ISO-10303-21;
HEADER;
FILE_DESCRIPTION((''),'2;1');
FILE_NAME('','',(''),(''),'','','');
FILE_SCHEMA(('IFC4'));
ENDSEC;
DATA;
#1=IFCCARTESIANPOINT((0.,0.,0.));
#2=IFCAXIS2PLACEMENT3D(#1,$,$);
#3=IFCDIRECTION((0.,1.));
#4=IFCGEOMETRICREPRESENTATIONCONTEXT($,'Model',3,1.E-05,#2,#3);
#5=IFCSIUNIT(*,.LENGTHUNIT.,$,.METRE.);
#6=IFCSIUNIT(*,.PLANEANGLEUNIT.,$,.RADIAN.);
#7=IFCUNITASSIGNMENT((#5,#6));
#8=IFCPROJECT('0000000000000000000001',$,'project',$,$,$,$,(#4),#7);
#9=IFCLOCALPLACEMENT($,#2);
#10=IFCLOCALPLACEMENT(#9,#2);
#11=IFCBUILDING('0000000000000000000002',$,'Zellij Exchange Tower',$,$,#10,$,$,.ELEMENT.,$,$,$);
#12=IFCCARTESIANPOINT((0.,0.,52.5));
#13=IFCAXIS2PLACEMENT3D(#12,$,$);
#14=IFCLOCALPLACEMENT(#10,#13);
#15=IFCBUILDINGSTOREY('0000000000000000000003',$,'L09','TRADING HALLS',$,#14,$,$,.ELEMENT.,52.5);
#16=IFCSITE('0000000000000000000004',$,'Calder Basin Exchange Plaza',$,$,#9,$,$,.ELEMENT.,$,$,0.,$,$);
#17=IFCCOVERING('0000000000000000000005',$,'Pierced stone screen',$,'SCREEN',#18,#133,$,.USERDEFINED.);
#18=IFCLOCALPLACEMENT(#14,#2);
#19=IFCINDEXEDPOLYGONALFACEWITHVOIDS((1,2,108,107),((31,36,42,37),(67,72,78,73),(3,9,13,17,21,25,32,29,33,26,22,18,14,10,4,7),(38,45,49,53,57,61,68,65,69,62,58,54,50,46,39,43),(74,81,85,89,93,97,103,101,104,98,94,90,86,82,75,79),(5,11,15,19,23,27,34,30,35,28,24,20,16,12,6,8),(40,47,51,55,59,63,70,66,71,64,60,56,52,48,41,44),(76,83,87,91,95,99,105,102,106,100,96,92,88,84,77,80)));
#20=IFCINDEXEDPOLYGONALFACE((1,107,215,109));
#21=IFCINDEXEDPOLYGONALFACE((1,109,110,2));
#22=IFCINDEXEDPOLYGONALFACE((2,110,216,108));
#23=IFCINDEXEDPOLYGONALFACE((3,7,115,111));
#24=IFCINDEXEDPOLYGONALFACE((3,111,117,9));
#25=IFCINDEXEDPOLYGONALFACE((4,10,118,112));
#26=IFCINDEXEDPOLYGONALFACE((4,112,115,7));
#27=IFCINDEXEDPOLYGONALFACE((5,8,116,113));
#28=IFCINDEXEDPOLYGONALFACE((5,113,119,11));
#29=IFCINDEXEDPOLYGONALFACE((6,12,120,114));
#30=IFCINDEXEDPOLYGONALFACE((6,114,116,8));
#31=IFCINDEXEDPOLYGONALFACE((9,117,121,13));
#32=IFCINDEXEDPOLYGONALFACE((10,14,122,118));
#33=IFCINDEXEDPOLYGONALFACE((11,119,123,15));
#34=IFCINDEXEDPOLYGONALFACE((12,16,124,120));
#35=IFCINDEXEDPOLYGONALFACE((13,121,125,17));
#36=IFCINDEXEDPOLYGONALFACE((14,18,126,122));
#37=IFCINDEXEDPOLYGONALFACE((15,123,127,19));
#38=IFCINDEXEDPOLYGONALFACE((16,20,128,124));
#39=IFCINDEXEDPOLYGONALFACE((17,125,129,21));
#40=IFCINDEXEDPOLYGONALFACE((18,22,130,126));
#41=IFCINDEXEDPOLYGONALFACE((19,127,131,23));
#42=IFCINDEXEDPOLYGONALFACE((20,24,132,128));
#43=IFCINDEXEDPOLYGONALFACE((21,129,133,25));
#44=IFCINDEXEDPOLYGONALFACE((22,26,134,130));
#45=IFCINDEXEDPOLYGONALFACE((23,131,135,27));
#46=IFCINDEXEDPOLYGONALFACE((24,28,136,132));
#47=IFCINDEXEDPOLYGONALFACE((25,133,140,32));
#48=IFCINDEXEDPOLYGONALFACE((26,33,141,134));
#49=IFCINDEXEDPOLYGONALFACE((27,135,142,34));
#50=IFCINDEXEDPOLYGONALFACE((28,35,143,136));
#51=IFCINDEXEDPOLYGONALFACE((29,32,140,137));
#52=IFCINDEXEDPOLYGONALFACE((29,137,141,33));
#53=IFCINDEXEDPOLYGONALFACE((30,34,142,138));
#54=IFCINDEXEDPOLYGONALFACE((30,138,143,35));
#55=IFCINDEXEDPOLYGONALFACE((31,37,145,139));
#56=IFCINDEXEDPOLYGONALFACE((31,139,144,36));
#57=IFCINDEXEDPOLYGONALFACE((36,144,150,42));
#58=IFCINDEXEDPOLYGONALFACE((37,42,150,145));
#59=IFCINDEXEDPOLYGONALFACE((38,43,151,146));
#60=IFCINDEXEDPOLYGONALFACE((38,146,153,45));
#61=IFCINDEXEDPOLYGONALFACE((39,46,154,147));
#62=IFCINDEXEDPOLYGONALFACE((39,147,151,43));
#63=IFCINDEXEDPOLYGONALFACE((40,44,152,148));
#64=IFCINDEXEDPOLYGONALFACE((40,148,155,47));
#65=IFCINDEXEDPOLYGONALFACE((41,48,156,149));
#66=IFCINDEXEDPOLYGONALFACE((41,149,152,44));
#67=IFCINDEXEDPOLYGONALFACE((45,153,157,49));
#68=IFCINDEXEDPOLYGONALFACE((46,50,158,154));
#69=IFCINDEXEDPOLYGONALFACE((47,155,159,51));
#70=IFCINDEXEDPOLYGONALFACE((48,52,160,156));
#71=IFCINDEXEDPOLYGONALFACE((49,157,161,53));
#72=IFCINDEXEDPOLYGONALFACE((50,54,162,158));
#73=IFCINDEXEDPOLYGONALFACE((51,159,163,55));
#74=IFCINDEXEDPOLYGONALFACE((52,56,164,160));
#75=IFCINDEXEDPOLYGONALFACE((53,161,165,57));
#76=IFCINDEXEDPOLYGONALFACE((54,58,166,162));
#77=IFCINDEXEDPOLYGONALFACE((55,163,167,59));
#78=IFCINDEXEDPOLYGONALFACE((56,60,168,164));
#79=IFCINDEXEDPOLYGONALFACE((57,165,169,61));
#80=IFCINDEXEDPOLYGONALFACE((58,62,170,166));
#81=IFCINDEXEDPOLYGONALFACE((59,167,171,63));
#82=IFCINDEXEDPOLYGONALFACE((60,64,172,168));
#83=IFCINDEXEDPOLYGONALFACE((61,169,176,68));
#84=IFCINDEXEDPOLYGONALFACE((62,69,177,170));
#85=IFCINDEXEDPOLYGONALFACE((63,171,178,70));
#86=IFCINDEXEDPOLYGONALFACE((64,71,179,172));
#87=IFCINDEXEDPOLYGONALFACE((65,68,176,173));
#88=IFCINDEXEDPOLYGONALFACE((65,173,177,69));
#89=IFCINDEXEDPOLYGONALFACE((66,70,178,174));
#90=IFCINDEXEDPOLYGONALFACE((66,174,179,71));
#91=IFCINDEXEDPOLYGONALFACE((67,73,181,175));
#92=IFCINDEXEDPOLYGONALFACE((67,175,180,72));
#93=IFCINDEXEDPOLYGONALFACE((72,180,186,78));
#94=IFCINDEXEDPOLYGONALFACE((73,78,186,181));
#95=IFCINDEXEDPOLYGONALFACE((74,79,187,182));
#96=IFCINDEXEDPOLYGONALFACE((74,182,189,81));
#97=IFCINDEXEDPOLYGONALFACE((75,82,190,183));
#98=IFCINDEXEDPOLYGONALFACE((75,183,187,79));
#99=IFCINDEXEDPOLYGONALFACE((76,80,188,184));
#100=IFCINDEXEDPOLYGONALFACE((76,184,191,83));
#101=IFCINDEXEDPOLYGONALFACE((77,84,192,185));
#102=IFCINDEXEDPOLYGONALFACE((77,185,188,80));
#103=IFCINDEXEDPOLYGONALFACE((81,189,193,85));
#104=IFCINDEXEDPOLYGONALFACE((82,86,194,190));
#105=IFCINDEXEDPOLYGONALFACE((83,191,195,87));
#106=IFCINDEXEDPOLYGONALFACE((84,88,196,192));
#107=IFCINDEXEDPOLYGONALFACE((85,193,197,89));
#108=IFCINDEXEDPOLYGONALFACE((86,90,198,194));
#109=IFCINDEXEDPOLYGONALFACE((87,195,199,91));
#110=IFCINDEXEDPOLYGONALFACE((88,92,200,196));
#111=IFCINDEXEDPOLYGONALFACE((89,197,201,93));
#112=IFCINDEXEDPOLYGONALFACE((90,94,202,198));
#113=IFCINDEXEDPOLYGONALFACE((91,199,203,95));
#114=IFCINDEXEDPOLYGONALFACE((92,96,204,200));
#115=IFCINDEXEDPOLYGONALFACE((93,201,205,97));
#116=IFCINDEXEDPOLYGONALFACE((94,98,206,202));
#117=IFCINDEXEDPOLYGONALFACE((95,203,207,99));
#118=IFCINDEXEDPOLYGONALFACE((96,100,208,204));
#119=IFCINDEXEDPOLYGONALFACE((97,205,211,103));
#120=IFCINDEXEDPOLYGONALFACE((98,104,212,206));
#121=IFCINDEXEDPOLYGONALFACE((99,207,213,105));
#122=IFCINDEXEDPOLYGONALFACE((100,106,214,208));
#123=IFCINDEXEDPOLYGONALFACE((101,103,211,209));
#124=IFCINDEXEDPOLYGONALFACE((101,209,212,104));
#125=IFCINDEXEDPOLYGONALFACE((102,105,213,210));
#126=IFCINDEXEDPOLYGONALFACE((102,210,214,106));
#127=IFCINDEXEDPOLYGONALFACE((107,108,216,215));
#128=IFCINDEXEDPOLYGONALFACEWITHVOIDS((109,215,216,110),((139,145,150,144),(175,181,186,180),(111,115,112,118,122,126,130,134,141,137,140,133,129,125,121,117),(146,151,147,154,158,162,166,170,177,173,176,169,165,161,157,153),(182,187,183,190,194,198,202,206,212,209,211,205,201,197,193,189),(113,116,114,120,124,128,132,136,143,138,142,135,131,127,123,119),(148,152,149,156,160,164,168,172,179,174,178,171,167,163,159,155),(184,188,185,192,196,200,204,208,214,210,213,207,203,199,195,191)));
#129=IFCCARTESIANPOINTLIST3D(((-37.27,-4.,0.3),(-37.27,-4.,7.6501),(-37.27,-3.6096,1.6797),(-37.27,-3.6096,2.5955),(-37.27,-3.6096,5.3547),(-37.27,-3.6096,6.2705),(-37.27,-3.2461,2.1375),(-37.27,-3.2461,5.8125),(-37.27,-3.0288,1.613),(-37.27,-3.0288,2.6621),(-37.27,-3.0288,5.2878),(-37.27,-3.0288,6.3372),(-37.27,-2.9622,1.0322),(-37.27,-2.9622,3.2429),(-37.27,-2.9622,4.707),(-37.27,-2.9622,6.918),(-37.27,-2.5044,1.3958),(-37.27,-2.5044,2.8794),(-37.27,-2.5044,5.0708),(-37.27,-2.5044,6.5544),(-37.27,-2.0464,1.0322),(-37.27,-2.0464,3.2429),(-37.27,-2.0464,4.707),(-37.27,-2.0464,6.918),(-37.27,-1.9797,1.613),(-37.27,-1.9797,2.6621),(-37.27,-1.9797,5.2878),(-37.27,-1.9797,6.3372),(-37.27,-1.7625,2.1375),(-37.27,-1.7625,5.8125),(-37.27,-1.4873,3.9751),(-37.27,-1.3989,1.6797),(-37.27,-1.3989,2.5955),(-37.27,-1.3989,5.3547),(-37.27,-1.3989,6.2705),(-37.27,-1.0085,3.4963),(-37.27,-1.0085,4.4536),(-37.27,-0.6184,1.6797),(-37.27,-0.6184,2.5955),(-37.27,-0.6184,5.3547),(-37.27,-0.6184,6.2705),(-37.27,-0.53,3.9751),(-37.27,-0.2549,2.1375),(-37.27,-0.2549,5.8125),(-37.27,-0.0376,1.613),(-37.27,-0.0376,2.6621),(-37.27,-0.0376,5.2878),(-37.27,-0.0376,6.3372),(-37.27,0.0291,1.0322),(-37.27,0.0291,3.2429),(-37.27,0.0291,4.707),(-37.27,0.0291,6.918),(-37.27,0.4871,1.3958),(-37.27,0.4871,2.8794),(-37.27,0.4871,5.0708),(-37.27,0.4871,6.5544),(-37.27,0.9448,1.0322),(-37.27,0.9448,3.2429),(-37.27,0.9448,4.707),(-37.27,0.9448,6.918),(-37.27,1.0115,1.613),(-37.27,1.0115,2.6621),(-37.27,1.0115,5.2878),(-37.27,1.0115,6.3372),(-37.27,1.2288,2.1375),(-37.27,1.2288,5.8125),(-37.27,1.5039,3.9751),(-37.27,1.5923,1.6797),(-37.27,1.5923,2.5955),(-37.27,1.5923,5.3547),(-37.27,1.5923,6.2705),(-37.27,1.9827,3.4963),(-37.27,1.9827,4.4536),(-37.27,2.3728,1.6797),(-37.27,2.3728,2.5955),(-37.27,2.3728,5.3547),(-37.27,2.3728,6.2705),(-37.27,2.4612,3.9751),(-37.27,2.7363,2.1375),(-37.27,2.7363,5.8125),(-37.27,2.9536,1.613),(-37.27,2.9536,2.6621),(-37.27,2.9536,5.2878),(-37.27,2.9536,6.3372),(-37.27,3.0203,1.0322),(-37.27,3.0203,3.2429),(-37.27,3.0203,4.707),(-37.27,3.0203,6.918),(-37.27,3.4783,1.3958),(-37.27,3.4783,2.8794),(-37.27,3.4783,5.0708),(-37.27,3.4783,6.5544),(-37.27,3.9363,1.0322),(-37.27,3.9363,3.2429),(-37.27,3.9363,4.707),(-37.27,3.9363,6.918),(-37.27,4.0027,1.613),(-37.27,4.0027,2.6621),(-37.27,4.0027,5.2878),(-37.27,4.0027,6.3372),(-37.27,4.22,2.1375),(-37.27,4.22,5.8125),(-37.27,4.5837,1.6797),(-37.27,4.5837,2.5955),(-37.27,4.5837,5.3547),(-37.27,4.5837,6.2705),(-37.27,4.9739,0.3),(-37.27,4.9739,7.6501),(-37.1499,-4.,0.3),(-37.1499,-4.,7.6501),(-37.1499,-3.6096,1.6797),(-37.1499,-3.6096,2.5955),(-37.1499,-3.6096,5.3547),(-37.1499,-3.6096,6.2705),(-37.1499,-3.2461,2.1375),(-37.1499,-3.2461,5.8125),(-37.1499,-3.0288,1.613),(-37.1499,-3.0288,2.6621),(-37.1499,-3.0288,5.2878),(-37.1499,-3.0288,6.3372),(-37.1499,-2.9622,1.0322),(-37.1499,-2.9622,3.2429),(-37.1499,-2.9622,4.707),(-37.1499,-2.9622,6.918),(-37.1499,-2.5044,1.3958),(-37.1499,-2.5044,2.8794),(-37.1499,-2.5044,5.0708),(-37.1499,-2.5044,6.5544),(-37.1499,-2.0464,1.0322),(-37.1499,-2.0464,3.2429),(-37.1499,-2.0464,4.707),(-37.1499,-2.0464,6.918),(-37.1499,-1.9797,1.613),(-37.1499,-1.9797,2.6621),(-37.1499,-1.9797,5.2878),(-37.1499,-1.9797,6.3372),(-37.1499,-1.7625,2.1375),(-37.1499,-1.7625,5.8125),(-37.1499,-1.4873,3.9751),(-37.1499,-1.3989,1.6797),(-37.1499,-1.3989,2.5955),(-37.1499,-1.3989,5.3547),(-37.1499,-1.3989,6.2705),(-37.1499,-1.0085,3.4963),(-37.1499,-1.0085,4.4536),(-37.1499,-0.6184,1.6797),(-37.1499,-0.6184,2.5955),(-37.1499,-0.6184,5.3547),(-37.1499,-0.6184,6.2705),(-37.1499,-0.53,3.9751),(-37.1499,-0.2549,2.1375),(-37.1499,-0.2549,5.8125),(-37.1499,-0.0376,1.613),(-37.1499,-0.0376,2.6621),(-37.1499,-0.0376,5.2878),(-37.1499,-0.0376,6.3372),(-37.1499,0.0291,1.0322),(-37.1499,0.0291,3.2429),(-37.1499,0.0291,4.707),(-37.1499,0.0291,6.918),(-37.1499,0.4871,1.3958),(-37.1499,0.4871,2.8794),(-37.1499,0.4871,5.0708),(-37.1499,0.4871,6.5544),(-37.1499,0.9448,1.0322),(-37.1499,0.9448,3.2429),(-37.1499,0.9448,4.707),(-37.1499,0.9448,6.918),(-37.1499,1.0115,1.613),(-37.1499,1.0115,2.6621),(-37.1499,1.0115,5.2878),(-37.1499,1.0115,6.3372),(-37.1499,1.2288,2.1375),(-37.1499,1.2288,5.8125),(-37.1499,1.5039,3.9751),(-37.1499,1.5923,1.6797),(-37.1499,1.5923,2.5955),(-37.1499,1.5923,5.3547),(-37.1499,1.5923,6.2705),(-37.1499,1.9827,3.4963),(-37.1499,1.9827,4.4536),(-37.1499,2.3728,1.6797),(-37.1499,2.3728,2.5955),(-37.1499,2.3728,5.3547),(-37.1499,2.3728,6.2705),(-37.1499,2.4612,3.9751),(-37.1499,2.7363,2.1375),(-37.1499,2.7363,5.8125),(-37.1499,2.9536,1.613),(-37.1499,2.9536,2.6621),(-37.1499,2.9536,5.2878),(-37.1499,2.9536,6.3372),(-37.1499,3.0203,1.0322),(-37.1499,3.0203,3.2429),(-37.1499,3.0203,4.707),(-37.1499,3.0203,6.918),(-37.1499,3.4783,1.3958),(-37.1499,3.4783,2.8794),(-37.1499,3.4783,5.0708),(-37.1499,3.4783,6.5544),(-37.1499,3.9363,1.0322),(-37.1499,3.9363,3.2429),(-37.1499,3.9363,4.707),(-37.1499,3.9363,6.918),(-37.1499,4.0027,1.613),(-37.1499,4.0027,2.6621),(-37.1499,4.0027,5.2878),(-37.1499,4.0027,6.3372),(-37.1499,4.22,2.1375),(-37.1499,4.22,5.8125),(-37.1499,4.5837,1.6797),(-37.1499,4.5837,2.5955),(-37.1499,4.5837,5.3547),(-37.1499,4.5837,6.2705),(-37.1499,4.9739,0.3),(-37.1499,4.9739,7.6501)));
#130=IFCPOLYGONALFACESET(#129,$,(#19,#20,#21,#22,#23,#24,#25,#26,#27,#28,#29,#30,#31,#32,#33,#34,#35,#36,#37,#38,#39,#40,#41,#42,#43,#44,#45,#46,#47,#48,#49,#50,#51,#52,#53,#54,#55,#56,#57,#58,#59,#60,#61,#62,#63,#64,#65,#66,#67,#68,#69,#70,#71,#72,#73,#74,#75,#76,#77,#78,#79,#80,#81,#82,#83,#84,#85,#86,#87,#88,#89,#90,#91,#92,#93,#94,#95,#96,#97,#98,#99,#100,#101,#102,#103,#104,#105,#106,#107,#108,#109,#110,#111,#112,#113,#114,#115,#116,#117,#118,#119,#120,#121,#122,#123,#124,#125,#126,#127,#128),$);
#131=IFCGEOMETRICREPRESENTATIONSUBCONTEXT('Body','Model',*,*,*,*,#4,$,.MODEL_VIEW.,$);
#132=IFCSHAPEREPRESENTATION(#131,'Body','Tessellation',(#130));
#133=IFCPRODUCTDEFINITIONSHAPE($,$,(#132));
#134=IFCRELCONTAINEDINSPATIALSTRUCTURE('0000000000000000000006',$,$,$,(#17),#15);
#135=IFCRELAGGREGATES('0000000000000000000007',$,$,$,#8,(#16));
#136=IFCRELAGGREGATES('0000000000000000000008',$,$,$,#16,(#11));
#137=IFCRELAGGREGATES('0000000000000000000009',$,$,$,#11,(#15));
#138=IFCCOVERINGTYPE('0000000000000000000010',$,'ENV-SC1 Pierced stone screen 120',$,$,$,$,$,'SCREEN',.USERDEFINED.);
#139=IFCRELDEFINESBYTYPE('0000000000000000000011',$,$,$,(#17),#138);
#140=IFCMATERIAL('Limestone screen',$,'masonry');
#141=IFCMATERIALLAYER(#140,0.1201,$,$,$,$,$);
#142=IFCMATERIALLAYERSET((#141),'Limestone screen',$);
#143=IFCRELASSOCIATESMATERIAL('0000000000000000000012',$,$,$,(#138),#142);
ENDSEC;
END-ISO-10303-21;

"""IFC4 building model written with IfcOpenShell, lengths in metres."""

from ifc_helpers import new_model, si_unit, direction, frame, origin, place, context, subcontext, project, spatial, polyline, outline, extrude, material, layer, layer_set, type_object, element, save


model = new_model("IFC4")

# Units and contexts
model_context = context("Model", 3, precision=1e-05, world=origin(), true_north=direction((0.0, 1.0)))
body_context = subcontext(model_context, "Body", "Model", "MODEL_VIEW")
ifc_project = project(units=[si_unit("LENGTHUNIT", "METRE"), si_unit("PLANEANGLEUNIT", "RADIAN")], contexts=[model_context])

# Site, building, storey
site_placement = place(None, origin())
site = spatial("IfcSite", under=ifc_project, at=site_placement, Name="Calder Basin Exchange Plaza", CompositionType="ELEMENT", RefElevation=0.0)
building_placement = place(site_placement, origin())
building = spatial("IfcBuilding", under=site, at=building_placement, Name="Zellij Exchange Tower", CompositionType="ELEMENT")
storey_placement = place(building_placement, frame((0.0, 0.0, 52.5)))
storey = spatial("IfcBuildingStorey", under=building, at=storey_placement, Name="L09", Description="TRADING HALLS", CompositionType="ELEMENT", Elevation=52.5)

# Covering
ifc_material_1 = material(Name="Limestone screen", Category="masonry")
ifc_layer_1 = layer(ifc_material_1, 0.1201)
ifc_layer_set_1 = layer_set([ifc_layer_1], Name="Limestone screen")
covering_type = type_object("IfcCoveringType", Name="ENV-SC1 Pierced stone screen 120", ElementType="SCREEN", PredefinedType="USERDEFINED", material=ifc_layer_set_1)
covering_1_placement = place(storey_placement, frame((-37.21, 4.9739, 0.3), z_axis=(0.0, 0.0, 1.0), x_axis=(0.0, -1.0, 0.0)))
element("IfcCovering", 1, at=covering_1_placement, inside=storey, type_object=covering_type, Name="Pierced stone screen", ObjectType="SCREEN", PredefinedType="USERDEFINED", context=body_context, shape_type="SweptSolid", body=[
    extrude(outline(polyline([(0.0, 0.0), (8.9739, 0.0), (8.9739, 7.3501), (0.0, 7.3501), (0.0, 0.0)]), holes=[polyline([(2.6011, 2.2954), (2.0203, 2.3621), (1.9536, 2.9429), (1.4956, 2.5793), (1.0376, 2.9429), (0.9712, 2.3621), (0.3901, 2.2954), (0.7539, 1.8374), (0.3901, 1.3796), (0.9712, 1.313), (1.0376, 0.7322), (1.4956, 1.0957), (1.9536, 0.7322), (2.0203, 1.313), (2.6011, 1.3796), (2.2375, 1.8374), (2.6011, 2.2954)]), polyline([(2.6011, 5.9705), (2.0203, 6.0371), (1.9536, 6.6179), (1.4956, 6.2544), (1.0376, 6.6179), (0.9712, 6.0371), (0.3901, 5.9705), (0.7539, 5.5125), (0.3901, 5.0547), (0.9712, 4.9878), (1.0376, 4.407), (1.4956, 4.7708), (1.9536, 4.407), (2.0203, 4.9878), (2.6011, 5.0547), (2.2375, 5.5125), (2.6011, 5.9705)]), polyline([(5.5923, 2.2954), (5.0115, 2.3621), (4.9448, 2.9429), (4.4868, 2.5793), (4.0291, 2.9429), (3.9624, 2.3621), (3.3816, 2.2954), (3.7451, 1.8374), (3.3816, 1.3796), (3.9624, 1.313), (4.0291, 0.7322), (4.4868, 1.0957), (4.9448, 0.7322), (5.0115, 1.313), (5.5923, 1.3796), (5.2288, 1.8374), (5.5923, 2.2954)]), polyline([(5.5923, 5.9705), (5.0115, 6.0371), (4.9448, 6.6179), (4.4868, 6.2544), (4.0291, 6.6179), (3.9624, 6.0371), (3.3816, 5.9705), (3.7451, 5.5125), (3.3816, 5.0547), (3.9624, 4.9878), (4.0291, 4.407), (4.4868, 4.7708), (4.9448, 4.407), (5.0115, 4.9878), (5.5923, 5.0547), (5.2288, 5.5125), (5.5923, 5.9705)]), polyline([(8.5835, 2.2954), (8.0027, 2.3621), (7.936, 2.9429), (7.4783, 2.5793), (7.0203, 2.9429), (6.9536, 2.3621), (6.3728, 2.2954), (6.7363, 1.8374), (6.3728, 1.3796), (6.9536, 1.313), (7.0203, 0.7322), (7.4783, 1.0957), (7.936, 0.7322), (8.0027, 1.313), (8.5835, 1.3796), (8.22, 1.8374), (8.5835, 2.2954)]), polyline([(8.5835, 5.9705), (8.0027, 6.0371), (7.936, 6.6179), (7.4783, 6.2544), (7.0203, 6.6179), (6.9536, 6.0371), (6.3728, 5.9705), (6.7363, 5.5125), (6.3728, 5.0547), (6.9536, 4.9878), (7.0203, 4.407), (7.4783, 4.7708), (7.936, 4.407), (8.0027, 4.9878), (8.5835, 5.0547), (8.22, 5.5125), (8.5835, 5.9705)]), polyline([(3.47, 3.675), (2.9912, 4.1536), (2.5127, 3.675), (2.9912, 3.1963), (3.47, 3.675)]), polyline([(6.4612, 3.675), (5.9824, 4.1536), (5.5039, 3.675), (5.9824, 3.1963), (6.4612, 3.675)])]), frame((0.0, 0.0601, 0.0), z_axis=(0.0, -1.0, 0.0), x_axis=(1.0, 0.0, 0.0)), (0.0, 0.0, 1.0), 0.1201),
])

save(model, "model.ifc")
